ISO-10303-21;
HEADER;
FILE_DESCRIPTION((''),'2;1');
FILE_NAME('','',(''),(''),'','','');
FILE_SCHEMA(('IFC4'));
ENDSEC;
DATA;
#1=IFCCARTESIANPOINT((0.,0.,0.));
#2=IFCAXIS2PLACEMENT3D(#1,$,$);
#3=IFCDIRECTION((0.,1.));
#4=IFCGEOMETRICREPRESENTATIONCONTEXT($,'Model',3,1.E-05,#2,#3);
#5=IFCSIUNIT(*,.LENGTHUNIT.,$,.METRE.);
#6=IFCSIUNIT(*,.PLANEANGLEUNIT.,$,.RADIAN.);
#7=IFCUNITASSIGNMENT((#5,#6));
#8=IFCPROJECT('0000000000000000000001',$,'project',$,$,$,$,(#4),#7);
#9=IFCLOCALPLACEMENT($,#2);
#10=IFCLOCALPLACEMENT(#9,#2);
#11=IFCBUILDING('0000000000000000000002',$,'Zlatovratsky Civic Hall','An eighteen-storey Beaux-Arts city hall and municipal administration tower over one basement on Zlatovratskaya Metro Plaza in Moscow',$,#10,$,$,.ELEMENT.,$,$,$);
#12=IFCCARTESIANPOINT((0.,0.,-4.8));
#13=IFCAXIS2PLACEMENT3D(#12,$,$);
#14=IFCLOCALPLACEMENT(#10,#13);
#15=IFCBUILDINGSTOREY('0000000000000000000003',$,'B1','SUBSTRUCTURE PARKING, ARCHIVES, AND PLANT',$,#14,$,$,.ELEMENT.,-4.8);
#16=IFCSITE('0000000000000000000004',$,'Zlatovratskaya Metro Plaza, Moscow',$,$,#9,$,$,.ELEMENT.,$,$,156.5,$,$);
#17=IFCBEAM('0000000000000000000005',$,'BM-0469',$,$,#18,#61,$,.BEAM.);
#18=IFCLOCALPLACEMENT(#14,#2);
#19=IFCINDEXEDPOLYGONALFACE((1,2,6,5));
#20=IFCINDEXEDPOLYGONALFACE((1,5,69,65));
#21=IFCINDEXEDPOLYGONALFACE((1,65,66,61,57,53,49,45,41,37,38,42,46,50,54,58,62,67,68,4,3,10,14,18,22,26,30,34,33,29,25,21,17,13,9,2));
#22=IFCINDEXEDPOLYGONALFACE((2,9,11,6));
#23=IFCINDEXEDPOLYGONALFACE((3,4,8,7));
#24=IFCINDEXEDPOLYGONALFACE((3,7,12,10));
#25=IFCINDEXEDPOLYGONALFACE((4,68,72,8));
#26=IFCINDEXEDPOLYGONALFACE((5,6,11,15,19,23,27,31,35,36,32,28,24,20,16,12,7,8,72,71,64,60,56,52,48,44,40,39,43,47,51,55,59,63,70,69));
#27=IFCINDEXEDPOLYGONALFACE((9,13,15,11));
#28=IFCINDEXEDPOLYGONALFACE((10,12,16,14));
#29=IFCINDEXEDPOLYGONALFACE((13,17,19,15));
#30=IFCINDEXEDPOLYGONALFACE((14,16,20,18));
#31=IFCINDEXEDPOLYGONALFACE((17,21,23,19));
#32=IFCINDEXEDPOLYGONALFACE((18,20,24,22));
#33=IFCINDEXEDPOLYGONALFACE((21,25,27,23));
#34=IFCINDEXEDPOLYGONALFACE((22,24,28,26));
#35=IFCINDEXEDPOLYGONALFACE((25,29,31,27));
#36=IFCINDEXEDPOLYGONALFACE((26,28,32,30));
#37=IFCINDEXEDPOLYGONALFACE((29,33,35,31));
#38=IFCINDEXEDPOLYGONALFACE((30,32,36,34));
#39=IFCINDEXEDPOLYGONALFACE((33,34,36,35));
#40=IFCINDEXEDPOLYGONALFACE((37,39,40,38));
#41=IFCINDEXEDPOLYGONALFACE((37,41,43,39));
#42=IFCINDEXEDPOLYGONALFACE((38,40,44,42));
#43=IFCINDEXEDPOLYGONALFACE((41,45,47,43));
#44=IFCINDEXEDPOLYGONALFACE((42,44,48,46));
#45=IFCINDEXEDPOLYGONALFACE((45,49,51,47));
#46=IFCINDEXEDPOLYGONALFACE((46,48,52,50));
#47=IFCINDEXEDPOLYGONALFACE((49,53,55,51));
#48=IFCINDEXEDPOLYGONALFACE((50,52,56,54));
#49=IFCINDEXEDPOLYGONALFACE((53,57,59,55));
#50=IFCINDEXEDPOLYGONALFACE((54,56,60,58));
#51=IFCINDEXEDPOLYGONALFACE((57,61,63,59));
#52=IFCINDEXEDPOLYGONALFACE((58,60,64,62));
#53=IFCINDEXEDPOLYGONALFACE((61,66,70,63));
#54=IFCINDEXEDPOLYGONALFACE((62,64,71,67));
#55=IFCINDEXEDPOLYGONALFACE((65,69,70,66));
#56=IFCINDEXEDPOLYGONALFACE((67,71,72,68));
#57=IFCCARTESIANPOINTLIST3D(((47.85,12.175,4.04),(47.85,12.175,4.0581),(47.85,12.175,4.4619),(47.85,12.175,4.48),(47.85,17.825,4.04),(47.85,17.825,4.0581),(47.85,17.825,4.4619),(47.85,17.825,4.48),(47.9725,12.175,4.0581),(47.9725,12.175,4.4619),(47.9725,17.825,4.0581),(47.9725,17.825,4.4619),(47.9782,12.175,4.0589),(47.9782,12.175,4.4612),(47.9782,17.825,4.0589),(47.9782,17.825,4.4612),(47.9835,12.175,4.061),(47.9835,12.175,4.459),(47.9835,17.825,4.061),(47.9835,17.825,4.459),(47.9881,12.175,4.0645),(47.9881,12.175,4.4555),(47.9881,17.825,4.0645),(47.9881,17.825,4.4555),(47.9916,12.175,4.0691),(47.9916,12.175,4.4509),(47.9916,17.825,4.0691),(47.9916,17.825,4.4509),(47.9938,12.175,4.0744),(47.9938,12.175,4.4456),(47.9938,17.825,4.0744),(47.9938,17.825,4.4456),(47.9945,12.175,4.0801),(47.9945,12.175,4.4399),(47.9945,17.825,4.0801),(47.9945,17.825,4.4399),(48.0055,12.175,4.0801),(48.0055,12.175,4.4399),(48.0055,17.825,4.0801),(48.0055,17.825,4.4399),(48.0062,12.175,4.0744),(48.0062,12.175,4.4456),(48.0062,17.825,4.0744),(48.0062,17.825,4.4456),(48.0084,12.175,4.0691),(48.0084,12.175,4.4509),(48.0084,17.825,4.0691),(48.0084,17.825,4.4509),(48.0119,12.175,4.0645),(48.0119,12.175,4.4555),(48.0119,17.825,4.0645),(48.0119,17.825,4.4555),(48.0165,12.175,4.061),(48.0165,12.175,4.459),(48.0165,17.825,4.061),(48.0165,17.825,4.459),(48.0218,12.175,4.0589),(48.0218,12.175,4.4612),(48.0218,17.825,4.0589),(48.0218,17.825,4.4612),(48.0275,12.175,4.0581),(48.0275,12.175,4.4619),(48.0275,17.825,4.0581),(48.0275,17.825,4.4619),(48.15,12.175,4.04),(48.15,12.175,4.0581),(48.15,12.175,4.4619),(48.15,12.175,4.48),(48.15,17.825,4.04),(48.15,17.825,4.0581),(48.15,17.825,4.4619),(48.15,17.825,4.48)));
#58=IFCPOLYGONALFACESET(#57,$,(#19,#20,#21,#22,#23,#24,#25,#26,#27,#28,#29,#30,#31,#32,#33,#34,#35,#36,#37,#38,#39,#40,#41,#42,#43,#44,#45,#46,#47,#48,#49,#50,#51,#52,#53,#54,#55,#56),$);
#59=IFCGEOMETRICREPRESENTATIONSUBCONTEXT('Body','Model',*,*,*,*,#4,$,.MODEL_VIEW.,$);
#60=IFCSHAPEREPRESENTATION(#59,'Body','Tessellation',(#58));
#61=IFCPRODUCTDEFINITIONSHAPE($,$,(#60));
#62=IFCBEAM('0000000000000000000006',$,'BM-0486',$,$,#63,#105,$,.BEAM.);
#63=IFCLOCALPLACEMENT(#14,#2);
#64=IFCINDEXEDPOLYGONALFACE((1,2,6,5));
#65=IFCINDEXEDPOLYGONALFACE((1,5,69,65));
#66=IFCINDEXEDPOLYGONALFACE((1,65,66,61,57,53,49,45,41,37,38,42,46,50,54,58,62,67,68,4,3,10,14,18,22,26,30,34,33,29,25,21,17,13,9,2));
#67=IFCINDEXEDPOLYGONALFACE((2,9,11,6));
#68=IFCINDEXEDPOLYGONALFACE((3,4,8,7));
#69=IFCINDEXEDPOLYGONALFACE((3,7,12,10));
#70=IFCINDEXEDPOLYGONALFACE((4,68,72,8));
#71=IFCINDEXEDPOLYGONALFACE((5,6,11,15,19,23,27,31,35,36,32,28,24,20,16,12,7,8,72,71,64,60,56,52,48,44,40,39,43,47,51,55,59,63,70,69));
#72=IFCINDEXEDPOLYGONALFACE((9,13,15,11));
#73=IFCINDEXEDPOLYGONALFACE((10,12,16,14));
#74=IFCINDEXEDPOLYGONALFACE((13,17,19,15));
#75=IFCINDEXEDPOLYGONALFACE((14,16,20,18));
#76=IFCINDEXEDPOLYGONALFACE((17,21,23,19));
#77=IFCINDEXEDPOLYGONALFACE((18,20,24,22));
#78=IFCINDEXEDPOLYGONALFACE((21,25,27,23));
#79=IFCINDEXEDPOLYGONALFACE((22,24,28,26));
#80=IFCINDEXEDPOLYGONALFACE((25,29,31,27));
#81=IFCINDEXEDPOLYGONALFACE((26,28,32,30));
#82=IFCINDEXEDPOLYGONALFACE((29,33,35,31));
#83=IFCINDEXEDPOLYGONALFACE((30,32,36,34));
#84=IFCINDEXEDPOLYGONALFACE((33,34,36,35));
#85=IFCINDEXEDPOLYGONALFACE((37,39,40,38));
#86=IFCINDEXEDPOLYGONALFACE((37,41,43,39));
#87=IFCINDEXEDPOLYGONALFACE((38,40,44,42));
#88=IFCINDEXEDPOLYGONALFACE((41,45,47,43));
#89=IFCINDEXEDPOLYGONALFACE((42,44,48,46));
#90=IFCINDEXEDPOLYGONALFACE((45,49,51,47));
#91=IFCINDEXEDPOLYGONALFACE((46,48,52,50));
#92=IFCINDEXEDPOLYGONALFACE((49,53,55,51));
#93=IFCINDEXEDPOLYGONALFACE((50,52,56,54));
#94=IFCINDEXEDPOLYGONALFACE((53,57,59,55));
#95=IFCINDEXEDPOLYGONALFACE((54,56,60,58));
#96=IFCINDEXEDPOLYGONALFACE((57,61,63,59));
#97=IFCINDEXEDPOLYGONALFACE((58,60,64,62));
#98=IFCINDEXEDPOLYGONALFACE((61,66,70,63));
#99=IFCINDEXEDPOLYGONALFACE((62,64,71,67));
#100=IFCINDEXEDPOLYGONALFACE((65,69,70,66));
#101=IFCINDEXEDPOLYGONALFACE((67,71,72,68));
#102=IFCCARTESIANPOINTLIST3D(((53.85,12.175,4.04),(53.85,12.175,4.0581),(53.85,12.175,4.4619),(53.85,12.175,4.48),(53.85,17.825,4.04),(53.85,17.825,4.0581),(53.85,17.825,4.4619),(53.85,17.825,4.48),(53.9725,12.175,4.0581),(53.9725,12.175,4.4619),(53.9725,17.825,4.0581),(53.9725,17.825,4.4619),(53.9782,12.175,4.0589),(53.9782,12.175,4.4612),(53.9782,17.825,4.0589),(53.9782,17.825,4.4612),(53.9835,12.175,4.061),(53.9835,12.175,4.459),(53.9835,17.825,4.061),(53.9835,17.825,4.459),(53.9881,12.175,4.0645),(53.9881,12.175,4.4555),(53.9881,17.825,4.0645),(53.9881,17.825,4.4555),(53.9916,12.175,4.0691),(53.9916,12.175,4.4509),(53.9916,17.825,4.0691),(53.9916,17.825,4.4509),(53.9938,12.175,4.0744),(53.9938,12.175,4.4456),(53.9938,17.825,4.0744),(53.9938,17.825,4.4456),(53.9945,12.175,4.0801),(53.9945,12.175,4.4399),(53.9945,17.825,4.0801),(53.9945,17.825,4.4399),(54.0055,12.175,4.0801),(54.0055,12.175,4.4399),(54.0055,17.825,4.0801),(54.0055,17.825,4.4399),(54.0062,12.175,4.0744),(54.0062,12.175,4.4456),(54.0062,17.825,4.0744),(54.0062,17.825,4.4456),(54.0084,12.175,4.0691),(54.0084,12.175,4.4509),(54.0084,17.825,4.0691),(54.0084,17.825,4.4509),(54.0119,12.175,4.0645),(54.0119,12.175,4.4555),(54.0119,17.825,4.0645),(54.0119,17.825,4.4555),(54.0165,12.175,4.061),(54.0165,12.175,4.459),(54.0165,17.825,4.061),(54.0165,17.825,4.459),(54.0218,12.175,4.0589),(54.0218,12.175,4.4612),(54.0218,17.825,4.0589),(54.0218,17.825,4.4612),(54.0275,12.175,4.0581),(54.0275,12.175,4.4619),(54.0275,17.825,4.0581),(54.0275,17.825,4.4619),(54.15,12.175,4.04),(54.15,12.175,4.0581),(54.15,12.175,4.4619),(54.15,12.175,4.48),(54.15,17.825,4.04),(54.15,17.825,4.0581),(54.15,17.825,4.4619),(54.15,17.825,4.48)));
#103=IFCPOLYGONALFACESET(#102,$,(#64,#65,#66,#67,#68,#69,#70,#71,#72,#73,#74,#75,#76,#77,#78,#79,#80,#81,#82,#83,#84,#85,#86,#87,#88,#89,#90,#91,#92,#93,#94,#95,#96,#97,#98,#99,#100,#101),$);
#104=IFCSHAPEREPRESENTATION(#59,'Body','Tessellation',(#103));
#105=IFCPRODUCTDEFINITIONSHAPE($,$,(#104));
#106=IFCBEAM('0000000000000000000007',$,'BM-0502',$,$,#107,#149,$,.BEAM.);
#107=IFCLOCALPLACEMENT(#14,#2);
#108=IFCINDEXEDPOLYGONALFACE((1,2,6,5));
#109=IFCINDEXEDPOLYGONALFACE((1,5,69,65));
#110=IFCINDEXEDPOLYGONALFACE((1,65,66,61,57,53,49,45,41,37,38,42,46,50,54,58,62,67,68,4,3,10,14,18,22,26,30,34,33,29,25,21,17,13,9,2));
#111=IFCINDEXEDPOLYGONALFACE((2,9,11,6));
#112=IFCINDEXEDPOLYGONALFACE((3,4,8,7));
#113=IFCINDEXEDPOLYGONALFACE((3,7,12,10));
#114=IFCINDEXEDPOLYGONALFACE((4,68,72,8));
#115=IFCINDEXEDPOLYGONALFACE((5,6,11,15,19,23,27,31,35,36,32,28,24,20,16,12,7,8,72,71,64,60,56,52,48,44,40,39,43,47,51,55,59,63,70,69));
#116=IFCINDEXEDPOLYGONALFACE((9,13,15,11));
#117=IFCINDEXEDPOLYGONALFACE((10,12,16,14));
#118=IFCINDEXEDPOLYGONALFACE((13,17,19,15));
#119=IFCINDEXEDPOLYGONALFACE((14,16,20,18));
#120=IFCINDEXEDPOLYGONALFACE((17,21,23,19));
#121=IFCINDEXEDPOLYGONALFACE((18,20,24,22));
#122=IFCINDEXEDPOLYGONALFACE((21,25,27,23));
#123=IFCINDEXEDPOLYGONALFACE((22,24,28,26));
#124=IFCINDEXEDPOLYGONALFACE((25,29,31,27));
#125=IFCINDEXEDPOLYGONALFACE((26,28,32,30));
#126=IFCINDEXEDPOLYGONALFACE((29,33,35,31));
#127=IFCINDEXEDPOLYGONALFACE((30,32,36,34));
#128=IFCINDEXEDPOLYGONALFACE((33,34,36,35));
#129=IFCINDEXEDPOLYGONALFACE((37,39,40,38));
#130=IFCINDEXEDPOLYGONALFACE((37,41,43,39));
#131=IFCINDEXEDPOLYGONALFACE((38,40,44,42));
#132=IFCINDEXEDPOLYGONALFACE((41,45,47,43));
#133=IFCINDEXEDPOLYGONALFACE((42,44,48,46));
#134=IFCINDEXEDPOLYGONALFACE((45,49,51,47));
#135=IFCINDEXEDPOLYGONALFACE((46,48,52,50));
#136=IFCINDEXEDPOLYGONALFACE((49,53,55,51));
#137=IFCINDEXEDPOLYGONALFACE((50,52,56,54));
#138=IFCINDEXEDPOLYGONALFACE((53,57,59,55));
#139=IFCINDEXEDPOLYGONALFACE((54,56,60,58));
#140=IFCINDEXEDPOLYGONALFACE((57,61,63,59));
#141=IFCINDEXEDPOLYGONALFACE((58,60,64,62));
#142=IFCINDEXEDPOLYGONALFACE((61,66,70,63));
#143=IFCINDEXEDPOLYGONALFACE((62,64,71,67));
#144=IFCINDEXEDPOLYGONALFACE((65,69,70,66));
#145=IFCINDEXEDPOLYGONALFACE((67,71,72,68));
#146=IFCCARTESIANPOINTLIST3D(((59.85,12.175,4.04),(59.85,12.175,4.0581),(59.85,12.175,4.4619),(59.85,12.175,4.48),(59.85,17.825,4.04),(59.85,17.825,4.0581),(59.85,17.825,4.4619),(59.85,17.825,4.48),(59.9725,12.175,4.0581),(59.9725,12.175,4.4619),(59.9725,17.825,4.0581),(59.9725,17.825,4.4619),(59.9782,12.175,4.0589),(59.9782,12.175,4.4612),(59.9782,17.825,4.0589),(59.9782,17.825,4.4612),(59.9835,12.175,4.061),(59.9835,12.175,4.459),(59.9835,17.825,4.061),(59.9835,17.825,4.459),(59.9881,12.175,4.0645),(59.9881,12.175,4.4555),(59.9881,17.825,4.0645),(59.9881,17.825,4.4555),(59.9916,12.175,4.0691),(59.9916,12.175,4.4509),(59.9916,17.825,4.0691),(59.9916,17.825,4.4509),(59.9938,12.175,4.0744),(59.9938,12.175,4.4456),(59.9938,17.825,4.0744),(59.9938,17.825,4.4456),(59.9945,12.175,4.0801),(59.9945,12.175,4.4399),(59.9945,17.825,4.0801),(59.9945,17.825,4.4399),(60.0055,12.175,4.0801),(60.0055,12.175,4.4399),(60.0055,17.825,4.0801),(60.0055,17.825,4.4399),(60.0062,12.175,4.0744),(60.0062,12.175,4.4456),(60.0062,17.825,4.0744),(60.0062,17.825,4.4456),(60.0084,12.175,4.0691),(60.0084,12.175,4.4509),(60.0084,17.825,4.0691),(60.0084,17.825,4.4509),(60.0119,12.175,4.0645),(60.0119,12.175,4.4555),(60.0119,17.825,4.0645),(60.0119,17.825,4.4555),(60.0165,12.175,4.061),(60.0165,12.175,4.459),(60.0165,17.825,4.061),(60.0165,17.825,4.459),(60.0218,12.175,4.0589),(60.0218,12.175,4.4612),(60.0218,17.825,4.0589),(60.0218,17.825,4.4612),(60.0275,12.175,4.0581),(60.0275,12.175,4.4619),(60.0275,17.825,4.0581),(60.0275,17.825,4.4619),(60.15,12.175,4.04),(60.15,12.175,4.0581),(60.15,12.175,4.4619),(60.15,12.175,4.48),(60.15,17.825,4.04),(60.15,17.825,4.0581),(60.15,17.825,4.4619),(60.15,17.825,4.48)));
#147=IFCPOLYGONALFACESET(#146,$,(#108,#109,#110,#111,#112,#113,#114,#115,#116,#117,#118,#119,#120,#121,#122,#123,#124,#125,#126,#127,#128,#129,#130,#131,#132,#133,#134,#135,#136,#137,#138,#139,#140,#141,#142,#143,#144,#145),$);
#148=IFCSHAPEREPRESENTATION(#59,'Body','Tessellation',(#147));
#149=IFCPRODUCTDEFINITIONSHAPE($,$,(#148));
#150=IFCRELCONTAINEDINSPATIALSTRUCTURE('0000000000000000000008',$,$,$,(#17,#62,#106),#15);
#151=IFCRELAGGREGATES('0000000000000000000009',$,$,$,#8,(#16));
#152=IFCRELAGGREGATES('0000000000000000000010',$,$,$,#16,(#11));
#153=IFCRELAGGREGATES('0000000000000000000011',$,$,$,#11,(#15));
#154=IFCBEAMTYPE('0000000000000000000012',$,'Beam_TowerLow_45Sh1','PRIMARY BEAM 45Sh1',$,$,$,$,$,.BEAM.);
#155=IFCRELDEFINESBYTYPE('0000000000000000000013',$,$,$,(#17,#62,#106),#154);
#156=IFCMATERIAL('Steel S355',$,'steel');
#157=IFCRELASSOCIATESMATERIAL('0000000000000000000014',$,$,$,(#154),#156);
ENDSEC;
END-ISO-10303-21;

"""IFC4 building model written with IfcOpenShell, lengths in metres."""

from ifc_helpers import new_model, si_unit, direction, frame, origin, origin_2d, place, context, subcontext, project, spatial, i_section, extrude, material, material_profile, profile_set, type_object, element, save


model = new_model("IFC4")

# Units and contexts
model_context = context("Model", 3, precision=1e-05, world=origin(), true_north=direction((0.0, 1.0)))
body_context = subcontext(model_context, "Body", "Model", "MODEL_VIEW")
ifc_project = project(units=[si_unit("LENGTHUNIT", "METRE"), si_unit("PLANEANGLEUNIT", "RADIAN")], contexts=[model_context])

# Site, building, storey
site_placement = place(None, origin())
site = spatial("IfcSite", under=ifc_project, at=site_placement, Name="Zlatovratskaya Metro Plaza, Moscow", CompositionType="ELEMENT", RefElevation=156.5)
building_placement = place(site_placement, origin())
building = spatial("IfcBuilding", under=site, at=building_placement, Name="Zlatovratsky Civic Hall", Description="An eighteen-storey Beaux-Arts city hall and municipal administration tower over one basement on Zlatovratskaya Metro Plaza in Moscow", CompositionType="ELEMENT")
storey_placement = place(building_placement, frame((0.0, 0.0, -4.8)))
storey = spatial("IfcBuildingStorey", under=building, at=storey_placement, Name="B1", Description="SUBSTRUCTURE PARKING, ARCHIVES, AND PLANT", CompositionType="ELEMENT", Elevation=-4.8)

# Shared definitions
ifc_material_1 = material(Name="Steel S355", Category="steel")

# Beams
ifc_material_profile_1 = material_profile(ifc_material_1, i_section(OverallWidth=0.3, OverallDepth=0.4399, WebThickness=0.011, FlangeThickness=0.0181, FilletRadius=0.022, at=origin_2d()), Name="45Sh1")
ifc_profile_set_1 = profile_set([ifc_material_profile_1], Name="Steel S355")
beam_type_1 = type_object("IfcBeamType", Name="Beam_TowerLow_45Sh1", Description="PRIMARY BEAM 45Sh1", PredefinedType="BEAM", material=ifc_profile_set_1)
for number, where, z_axis, x_axis, name in (
    (1, (48.0, 12.175, 4.26), (0.0, 1.0, 0.0), (-1.0, 0.0, 0.0), "BM-0469"),
    (2, (54.0, 12.175, 4.26), (0.0, 1.0, 0.0), (-1.0, 0.0, 0.0), "BM-0486"),
    (3, (60.0, 12.175, 4.26), (0.0, 1.0, 0.0), (-1.0, 0.0, 0.0), "BM-0502"),
):
    element("IfcBeam", number, at=place(storey_placement, frame(where, z_axis=z_axis, x_axis=x_axis)), inside=storey, type_object=beam_type_1, Name=name, PredefinedType="BEAM", context=body_context, shape_type="SweptSolid", body=[
        extrude(i_section(OverallWidth=0.3, OverallDepth=0.4399, WebThickness=0.011, FlangeThickness=0.0181, FilletRadius=0.022, at=origin_2d()), origin(), (0.0, 0.0, 1.0), 5.6499),
    ])

save(model, "model.ifc")
